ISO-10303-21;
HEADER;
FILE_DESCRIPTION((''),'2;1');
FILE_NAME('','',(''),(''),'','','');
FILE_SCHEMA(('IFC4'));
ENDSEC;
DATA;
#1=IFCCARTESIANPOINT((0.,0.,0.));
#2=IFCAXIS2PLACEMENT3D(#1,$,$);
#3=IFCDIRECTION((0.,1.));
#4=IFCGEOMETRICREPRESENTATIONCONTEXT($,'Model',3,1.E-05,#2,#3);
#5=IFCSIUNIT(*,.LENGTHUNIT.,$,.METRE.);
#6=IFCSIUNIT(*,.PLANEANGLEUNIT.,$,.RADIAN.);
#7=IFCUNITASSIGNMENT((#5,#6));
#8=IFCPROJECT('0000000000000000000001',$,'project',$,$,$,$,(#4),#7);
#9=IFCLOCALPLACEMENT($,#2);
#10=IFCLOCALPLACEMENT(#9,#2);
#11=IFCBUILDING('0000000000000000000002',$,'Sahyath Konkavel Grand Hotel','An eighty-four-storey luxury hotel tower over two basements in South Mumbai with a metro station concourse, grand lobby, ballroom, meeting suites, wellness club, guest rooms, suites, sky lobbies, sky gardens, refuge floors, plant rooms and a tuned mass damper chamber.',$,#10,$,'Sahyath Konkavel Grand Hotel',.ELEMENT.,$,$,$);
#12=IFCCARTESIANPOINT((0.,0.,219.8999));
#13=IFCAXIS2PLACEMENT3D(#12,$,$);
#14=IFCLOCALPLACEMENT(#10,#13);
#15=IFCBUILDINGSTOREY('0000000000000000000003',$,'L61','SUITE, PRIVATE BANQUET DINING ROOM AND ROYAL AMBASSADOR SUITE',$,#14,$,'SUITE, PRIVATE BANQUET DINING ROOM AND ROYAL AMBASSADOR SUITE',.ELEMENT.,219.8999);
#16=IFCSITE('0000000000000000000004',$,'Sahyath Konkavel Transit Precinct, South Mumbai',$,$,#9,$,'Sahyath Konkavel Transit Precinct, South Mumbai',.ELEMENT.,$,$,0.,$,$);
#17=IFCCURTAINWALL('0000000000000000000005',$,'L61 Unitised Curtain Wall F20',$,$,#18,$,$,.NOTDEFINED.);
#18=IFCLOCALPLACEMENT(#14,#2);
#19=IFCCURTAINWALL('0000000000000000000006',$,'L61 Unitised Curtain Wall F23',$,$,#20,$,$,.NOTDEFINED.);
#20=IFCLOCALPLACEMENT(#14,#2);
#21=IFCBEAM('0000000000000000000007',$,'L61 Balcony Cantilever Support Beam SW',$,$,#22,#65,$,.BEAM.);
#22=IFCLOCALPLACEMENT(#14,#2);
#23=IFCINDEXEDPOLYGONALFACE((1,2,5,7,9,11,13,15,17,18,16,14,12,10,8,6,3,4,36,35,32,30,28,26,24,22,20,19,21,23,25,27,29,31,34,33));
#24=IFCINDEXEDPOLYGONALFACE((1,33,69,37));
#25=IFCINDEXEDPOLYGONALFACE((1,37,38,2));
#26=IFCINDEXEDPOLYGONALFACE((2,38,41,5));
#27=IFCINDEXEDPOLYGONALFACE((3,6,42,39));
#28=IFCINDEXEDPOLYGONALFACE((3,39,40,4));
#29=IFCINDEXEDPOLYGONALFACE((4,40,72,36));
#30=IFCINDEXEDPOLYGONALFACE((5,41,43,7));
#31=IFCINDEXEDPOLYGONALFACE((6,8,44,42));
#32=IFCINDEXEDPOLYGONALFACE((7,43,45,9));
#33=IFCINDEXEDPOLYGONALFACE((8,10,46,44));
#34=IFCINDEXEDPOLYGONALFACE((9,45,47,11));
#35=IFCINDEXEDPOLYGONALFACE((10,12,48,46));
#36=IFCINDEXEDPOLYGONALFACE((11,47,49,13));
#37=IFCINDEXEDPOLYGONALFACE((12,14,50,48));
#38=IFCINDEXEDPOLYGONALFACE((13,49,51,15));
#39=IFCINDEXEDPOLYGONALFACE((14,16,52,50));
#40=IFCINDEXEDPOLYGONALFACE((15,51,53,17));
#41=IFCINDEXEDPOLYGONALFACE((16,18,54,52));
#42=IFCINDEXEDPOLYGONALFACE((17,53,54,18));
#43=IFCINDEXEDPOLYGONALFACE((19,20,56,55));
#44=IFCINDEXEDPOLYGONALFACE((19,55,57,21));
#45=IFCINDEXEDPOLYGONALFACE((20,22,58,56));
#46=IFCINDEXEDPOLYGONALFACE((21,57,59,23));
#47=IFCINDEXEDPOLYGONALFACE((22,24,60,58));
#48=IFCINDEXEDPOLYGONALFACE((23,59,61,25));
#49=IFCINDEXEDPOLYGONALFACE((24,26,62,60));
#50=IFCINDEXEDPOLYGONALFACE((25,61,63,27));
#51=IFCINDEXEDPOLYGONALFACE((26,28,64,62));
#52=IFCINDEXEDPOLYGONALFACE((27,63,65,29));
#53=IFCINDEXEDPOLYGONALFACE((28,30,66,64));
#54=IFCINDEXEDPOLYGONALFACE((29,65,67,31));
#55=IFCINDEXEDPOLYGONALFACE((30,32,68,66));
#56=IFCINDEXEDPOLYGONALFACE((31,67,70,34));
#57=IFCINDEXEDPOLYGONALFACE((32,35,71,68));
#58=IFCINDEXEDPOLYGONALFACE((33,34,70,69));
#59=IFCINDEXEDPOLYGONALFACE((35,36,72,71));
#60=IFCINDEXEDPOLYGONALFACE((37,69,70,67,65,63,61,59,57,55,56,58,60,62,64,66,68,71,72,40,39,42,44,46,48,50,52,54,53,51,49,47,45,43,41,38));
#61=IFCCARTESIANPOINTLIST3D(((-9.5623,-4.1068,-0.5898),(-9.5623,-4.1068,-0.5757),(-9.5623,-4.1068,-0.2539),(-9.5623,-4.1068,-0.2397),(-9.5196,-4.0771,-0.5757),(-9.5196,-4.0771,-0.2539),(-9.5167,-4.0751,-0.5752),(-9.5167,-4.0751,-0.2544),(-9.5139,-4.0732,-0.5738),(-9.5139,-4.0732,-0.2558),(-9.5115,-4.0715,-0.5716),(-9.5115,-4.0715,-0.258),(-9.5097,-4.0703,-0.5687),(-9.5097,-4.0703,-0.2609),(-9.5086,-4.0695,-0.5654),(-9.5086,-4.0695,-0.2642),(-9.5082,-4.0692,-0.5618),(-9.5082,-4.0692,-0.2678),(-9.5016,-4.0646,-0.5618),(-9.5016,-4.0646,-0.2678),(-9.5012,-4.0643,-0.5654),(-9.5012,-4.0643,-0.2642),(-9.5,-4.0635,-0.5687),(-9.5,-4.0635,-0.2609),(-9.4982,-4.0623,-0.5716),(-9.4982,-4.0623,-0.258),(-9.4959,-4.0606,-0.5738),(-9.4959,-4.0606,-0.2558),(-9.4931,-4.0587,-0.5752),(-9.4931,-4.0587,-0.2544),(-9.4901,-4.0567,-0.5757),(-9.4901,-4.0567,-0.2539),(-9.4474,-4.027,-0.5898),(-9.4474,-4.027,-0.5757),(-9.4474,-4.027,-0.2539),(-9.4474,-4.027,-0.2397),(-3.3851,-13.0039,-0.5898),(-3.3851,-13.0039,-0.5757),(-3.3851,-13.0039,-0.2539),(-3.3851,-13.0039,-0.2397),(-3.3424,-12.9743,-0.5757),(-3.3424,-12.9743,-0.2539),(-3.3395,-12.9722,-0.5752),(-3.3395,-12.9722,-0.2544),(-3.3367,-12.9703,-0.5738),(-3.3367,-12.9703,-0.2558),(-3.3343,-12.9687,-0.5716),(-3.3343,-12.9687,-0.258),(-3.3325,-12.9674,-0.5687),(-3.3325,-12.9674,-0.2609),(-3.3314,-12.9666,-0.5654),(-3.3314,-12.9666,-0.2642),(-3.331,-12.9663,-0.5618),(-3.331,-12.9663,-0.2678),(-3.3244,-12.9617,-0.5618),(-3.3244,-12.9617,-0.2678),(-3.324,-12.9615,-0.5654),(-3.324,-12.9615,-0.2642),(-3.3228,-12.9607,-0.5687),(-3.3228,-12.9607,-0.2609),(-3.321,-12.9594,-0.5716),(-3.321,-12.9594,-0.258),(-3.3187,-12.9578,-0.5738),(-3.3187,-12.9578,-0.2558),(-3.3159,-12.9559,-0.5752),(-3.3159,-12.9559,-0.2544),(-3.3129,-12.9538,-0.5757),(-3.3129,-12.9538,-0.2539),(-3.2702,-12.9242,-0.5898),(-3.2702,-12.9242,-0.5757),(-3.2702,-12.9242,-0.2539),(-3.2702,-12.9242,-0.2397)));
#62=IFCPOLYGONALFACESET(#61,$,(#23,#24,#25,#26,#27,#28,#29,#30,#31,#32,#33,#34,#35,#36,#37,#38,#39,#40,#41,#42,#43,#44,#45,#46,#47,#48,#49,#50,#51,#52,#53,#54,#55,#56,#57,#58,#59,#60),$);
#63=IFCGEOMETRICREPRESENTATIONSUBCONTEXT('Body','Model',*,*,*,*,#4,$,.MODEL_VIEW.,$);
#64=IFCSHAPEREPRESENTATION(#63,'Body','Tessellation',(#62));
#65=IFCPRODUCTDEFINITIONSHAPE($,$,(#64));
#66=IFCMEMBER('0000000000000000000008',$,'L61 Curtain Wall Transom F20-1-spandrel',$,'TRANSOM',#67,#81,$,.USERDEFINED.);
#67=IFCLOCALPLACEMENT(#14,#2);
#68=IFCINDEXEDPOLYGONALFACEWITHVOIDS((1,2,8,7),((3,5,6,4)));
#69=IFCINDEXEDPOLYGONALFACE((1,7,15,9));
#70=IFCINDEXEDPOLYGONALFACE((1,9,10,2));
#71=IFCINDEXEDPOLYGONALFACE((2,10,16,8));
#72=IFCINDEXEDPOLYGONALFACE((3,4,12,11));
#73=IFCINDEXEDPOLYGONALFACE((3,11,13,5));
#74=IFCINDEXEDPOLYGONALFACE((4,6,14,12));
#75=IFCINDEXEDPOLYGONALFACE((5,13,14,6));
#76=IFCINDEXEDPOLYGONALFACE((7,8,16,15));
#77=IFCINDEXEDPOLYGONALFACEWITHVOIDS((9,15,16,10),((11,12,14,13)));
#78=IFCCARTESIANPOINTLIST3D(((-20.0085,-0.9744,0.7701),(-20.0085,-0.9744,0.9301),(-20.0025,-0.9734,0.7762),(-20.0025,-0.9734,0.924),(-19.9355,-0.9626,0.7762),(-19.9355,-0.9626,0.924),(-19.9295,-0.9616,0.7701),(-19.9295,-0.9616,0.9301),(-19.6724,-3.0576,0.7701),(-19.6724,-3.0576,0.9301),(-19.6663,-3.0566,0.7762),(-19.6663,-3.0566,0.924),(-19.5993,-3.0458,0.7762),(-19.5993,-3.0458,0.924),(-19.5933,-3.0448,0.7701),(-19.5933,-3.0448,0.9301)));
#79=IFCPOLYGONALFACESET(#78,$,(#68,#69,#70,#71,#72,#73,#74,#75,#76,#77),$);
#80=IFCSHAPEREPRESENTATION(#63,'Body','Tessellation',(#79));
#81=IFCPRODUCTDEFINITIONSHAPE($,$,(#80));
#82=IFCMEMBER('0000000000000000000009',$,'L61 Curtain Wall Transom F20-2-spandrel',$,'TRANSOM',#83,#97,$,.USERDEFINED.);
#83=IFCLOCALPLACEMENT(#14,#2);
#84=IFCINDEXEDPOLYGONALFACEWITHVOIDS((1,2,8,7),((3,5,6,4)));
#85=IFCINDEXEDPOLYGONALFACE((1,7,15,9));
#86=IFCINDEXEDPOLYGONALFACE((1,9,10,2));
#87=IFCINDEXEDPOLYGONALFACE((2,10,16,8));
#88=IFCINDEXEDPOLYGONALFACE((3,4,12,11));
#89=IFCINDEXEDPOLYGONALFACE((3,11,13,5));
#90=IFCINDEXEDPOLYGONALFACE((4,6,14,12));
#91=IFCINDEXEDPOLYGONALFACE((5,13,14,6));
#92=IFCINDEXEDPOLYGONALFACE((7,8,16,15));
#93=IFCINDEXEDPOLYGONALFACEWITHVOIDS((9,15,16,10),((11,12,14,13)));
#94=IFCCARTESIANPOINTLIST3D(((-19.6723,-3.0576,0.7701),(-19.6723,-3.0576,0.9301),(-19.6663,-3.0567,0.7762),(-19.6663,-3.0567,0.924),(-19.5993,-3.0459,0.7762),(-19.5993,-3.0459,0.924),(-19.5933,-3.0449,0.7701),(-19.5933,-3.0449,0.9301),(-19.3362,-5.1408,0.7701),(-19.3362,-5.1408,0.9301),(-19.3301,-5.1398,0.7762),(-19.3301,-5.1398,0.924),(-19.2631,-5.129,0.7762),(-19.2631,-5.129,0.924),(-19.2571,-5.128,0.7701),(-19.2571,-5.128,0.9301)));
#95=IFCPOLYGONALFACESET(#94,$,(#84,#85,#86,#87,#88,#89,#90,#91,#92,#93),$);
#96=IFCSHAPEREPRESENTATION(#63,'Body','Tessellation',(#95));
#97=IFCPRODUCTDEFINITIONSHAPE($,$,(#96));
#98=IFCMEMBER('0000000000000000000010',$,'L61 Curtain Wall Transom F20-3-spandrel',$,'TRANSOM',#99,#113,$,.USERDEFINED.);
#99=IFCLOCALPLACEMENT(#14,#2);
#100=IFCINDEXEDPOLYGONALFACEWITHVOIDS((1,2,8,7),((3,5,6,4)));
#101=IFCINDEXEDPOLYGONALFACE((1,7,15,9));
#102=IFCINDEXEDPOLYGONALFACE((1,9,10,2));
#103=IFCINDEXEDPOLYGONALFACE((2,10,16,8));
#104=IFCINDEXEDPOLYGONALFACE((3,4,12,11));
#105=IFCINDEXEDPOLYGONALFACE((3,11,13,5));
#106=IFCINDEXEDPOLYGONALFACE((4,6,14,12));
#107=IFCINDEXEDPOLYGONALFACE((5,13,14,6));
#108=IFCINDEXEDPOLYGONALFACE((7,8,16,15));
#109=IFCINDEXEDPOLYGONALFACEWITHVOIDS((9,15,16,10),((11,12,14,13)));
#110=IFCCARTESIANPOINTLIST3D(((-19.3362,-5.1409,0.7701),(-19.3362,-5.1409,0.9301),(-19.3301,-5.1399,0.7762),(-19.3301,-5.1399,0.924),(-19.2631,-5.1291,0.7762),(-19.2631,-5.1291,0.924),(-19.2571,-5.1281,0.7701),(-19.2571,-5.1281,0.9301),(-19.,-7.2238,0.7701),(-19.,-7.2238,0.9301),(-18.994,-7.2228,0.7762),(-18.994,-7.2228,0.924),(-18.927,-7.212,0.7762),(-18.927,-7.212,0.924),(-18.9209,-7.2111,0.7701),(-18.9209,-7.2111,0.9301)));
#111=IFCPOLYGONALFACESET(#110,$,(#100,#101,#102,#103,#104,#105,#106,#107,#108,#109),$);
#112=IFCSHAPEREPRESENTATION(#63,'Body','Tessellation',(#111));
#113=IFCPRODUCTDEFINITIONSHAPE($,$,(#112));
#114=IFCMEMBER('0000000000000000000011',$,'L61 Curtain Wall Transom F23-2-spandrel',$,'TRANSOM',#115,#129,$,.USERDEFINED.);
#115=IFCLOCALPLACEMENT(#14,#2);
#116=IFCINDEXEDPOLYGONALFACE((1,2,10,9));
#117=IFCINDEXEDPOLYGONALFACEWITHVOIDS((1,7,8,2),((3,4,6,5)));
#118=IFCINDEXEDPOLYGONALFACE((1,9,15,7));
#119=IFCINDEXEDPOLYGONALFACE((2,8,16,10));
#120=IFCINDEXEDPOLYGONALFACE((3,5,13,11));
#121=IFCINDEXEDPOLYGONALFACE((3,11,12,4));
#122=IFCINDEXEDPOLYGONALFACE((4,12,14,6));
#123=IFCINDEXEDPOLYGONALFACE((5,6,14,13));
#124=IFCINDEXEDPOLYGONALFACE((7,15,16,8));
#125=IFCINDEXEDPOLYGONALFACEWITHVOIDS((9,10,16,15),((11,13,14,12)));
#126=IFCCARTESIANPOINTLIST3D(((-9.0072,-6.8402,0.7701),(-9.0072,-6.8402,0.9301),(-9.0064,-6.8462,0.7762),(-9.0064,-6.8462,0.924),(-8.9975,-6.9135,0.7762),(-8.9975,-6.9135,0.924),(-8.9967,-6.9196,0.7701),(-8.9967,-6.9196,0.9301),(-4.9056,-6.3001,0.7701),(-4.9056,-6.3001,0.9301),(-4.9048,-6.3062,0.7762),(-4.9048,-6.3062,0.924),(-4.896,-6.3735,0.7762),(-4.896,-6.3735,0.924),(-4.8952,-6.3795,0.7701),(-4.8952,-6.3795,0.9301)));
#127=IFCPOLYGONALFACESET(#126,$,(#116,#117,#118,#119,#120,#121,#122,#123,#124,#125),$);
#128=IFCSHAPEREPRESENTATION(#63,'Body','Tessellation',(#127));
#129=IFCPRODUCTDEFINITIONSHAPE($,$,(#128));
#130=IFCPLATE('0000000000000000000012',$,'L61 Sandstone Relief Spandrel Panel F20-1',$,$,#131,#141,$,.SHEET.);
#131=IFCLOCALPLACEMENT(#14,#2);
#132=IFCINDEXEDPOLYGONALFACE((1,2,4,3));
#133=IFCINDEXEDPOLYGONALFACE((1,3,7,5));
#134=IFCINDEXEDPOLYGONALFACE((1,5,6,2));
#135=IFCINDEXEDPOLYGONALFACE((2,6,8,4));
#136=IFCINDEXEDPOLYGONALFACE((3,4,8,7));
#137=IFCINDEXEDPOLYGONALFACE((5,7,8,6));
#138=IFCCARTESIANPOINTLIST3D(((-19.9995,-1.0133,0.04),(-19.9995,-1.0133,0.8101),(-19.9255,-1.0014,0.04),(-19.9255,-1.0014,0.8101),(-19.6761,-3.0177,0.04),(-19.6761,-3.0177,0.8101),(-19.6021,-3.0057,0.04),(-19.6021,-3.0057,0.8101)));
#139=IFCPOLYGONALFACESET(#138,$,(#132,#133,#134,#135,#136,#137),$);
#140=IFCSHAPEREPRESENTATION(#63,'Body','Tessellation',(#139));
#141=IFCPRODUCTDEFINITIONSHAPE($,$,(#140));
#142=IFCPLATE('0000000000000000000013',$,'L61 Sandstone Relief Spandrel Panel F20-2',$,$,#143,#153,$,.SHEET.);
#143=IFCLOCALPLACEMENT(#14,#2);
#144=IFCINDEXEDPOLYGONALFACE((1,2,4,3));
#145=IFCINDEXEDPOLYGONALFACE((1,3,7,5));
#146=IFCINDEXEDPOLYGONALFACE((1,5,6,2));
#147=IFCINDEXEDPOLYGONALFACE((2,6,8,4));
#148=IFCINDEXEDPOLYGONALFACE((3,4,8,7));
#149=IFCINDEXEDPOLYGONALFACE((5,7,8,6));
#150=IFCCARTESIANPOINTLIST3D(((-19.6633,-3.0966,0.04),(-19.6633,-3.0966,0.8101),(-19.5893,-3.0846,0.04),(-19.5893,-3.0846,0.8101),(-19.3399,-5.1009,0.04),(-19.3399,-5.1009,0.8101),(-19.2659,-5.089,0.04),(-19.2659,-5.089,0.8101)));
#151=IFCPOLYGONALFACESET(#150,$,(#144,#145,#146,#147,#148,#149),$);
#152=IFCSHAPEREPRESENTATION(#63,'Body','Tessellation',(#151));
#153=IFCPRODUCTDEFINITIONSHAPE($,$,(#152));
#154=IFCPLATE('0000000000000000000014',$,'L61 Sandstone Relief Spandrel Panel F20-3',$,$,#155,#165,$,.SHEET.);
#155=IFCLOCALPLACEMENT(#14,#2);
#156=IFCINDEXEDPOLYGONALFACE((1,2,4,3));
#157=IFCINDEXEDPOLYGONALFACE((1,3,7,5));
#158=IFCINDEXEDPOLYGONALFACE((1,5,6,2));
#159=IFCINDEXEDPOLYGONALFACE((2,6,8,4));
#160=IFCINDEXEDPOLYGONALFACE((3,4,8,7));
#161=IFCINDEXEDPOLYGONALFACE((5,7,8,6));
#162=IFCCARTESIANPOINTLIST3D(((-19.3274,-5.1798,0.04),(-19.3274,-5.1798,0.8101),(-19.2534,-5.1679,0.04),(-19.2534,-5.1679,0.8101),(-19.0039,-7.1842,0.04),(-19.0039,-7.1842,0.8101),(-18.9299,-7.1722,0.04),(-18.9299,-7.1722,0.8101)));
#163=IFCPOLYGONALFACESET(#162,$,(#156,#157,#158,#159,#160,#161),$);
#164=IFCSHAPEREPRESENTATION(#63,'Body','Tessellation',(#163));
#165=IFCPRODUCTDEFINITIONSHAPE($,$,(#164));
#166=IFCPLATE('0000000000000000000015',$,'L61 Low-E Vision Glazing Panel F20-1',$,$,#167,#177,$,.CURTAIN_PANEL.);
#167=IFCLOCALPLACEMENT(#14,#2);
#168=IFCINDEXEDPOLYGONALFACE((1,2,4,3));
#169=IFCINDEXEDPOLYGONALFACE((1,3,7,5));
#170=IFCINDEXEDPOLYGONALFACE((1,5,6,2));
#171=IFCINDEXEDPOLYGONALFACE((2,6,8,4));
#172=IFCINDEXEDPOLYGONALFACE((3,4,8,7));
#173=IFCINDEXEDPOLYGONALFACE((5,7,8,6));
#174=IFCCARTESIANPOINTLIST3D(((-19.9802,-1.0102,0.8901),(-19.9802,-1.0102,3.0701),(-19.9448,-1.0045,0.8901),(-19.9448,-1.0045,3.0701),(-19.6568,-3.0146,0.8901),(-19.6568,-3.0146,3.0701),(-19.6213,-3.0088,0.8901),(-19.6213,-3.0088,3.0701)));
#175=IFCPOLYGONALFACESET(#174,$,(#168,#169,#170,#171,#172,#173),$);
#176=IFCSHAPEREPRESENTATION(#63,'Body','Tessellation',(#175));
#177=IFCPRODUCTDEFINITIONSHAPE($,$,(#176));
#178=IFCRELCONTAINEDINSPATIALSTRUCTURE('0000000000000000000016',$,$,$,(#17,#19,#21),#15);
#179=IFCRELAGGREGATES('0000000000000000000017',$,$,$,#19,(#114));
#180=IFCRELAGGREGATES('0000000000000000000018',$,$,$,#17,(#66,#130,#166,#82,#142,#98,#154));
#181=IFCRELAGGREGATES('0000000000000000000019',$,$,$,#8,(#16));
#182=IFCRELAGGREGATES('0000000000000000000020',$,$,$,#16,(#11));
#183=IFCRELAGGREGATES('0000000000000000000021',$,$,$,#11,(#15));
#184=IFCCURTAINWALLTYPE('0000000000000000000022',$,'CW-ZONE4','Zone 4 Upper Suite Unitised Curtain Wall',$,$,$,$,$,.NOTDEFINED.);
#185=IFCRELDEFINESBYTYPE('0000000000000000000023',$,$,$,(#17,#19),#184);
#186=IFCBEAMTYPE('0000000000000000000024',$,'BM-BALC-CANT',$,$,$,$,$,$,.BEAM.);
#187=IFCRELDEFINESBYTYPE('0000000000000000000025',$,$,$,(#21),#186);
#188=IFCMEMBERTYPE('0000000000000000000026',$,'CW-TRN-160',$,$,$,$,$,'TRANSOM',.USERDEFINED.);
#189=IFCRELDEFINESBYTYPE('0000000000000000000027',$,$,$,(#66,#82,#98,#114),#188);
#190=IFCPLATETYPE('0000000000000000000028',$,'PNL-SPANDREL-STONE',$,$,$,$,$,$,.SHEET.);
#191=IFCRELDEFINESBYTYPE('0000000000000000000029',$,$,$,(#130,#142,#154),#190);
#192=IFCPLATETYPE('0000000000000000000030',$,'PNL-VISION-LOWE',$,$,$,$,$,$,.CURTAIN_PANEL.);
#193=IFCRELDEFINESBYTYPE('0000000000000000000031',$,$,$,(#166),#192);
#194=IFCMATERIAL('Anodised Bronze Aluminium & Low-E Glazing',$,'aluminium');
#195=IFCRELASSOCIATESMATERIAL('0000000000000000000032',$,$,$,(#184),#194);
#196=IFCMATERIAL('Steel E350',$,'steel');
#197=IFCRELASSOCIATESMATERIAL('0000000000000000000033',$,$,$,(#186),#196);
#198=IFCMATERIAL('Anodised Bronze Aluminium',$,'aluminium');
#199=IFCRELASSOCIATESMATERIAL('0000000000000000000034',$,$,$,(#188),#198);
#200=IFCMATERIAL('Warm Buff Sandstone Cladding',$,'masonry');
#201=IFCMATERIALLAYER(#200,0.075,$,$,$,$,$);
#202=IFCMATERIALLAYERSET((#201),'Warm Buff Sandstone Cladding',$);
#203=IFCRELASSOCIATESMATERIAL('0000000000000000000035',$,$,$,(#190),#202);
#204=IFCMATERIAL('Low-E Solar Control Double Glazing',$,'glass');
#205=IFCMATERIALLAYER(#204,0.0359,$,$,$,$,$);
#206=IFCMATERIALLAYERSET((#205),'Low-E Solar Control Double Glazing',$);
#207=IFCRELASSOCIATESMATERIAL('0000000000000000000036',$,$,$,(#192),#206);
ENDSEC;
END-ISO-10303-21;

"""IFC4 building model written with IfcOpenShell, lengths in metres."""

from ifc_helpers import new_model, si_unit, direction, frame, origin, origin_2d, place, context, subcontext, project, spatial, rectangle, hollow_rectangle, i_section, extrude, source, transform, mapped, material, layer, layer_set, material_profile, profile_set, type_object, element, aggregate, save


model = new_model("IFC4")

# Units and contexts
model_context = context("Model", 3, precision=1e-05, world=origin(), true_north=direction((0.0, 1.0)))
body_context = subcontext(model_context, "Body", "Model", "MODEL_VIEW")
ifc_project = project(units=[si_unit("LENGTHUNIT", "METRE"), si_unit("PLANEANGLEUNIT", "RADIAN")], contexts=[model_context])

# Site, building, storey
site_placement = place(None, origin())
site = spatial("IfcSite", under=ifc_project, at=site_placement, Name="Sahyath Konkavel Transit Precinct, South Mumbai", LongName="Sahyath Konkavel Transit Precinct, South Mumbai", CompositionType="ELEMENT", RefElevation=0.0)
building_placement = place(site_placement, origin())
building = spatial("IfcBuilding", under=site, at=building_placement, Name="Sahyath Konkavel Grand Hotel", Description="An eighty-four-storey luxury hotel tower over two basements in South Mumbai with a metro station concourse, grand lobby, ballroom, meeting suites, wellness club, guest rooms, suites, sky lobbies, sky gardens, refuge floors, plant rooms and a tuned mass damper chamber.", LongName="Sahyath Konkavel Grand Hotel", CompositionType="ELEMENT")
storey_placement = place(building_placement, frame((0.0, 0.0, 219.8999)))
storey = spatial("IfcBuildingStorey", under=building, at=storey_placement, Name="L61", Description="SUITE, PRIVATE BANQUET DINING ROOM AND ROYAL AMBASSADOR SUITE", LongName="SUITE, PRIVATE BANQUET DINING ROOM AND ROYAL AMBASSADOR SUITE", CompositionType="ELEMENT", Elevation=219.8999)

# Shared definitions
ifc_material_1 = material(Name="Steel E350", Category="steel")

# Curtain wall
ifc_material_2 = material(Name="Anodised Bronze Aluminium & Low-E Glazing", Category="aluminium")
curtain_wall_type = type_object("IfcCurtainWallType", Name="CW-ZONE4", Description="Zone 4 Upper Suite Unitised Curtain Wall", PredefinedType="NOTDEFINED", material=ifc_material_2)
curtain_wall_1_placement = place(storey_placement, origin())
curtain_wall_1 = element("IfcCurtainWall", 1, at=curtain_wall_1_placement, inside=storey, type_object=curtain_wall_type, Name="L61 Unitised Curtain Wall F20", PredefinedType="NOTDEFINED")
ifc_material_3 = material(Name="Anodised Bronze Aluminium", Category="aluminium")

# Curtain wall
curtain_wall_2_placement = place(storey_placement, origin())
curtain_wall_2 = element("IfcCurtainWall", 2, at=curtain_wall_2_placement, inside=storey, type_object=curtain_wall_type, Name="L61 Unitised Curtain Wall F23", PredefinedType="NOTDEFINED")

# Beam
ifc_material_profile_1 = material_profile(ifc_material_1, i_section(OverallWidth=0.1399, OverallDepth=0.3501, WebThickness=0.0081, FlangeThickness=0.0142, FilletRadius=0.0139, at=origin_2d()), Name="ISMB 350")
ifc_profile_set_1 = profile_set([ifc_material_profile_1], Name="Steel E350")
beam_type_1 = type_object("IfcBeamType", Name="BM-BALC-CANT", PredefinedType="BEAM", material=ifc_profile_set_1)
shared_shape_1 = source(origin(), body_context, "Body", "SweptSolid", [
    extrude(i_section(OverallWidth=0.1399, OverallDepth=0.3501, WebThickness=0.0081, FlangeThickness=0.0142, FilletRadius=0.0139, at=origin_2d()), origin(), (0.0, 0.0, 1.0), 10.8313),
])
beam_1_placement = place(storey_placement, frame((-9.5049, -4.0669, -0.4148), z_axis=(0.57031, -0.82143, 0.0), x_axis=(0.82143, 0.57031, 0.0)))
element("IfcBeam", 3, at=beam_1_placement, inside=storey, type_object=beam_type_1, Name="L61 Balcony Cantilever Support Beam SW", PredefinedType="BEAM", context=body_context, shape_type="MappedRepresentation", body=[
    mapped(shared_shape_1, transform((0.0, 0.0, 0.0), scale=1.0)),
])

# Members
ifc_material_profile_2 = material_profile(ifc_material_3, hollow_rectangle(XDim=0.0801, YDim=0.1599, WallThickness=0.0061, at=origin_2d()), Name="RHS 160x80x6")
ifc_profile_set_2 = profile_set([ifc_material_profile_2], Name="Anodised Bronze Aluminium")
member_type_1 = type_object("IfcMemberType", Name="CW-TRN-160", ElementType="TRANSOM", PredefinedType="USERDEFINED", material=ifc_profile_set_2)
shared_shape_2 = source(origin(), body_context, "Body", "SweptSolid", [
    extrude(hollow_rectangle(XDim=0.0801, YDim=0.1599, WallThickness=0.0061, at=origin_2d()), origin(), (0.0, 0.0, 1.0), 2.1101),
])
member_1_placement = place(storey_placement, frame((-19.969, -0.968, 0.8501), z_axis=(0.159312, -0.987228, 0.0), x_axis=(0.987228, 0.159312, 0.0)))
member_1 = element("IfcMember", 4, at=member_1_placement, type_object=member_type_1, Name="L61 Curtain Wall Transom F20-1-spandrel", ObjectType="TRANSOM", PredefinedType="USERDEFINED", context=body_context, shape_type="MappedRepresentation", body=[
    mapped(shared_shape_2, transform((0.0, 0.0, 0.0), scale=1.0)),
])
member_2_placement = place(storey_placement, frame((-19.6328, -3.0513, 0.8501), z_axis=(0.159312, -0.987228, 0.0), x_axis=(0.987228, 0.159312, 0.0)))
member_2 = element("IfcMember", 5, at=member_2_placement, type_object=member_type_1, Name="L61 Curtain Wall Transom F20-2-spandrel", ObjectType="TRANSOM", PredefinedType="USERDEFINED", context=body_context, shape_type="MappedRepresentation", body=[
    mapped(shared_shape_2, transform((0.0, 0.0, 0.0), scale=1.0)),
])
shared_shape_3 = source(origin(), body_context, "Body", "SweptSolid", [
    extrude(hollow_rectangle(XDim=0.0801, YDim=0.1599, WallThickness=0.0061, at=origin_2d()), origin(), (0.0, 0.0, 1.0), 2.1099),
])
member_3_placement = place(storey_placement, frame((-19.2966, -5.1345, 0.8501), z_axis=(0.159331, -0.987225, 0.0), x_axis=(0.987225, 0.159331, 0.0)))
member_3 = element("IfcMember", 6, at=member_3_placement, type_object=member_type_1, Name="L61 Curtain Wall Transom F20-3-spandrel", ObjectType="TRANSOM", PredefinedType="USERDEFINED", context=body_context, shape_type="MappedRepresentation", body=[
    mapped(shared_shape_3, transform((0.0, 0.0, 0.0), scale=1.0)),
])
shared_shape_4 = source(origin(), body_context, "Body", "SweptSolid", [
    extrude(hollow_rectangle(XDim=0.0801, YDim=0.1599, WallThickness=0.0061, at=origin_2d()), origin(), (0.0, 0.0, 1.0), 4.137),
])
member_4_placement = place(storey_placement, frame((-9.002, -6.8799, 0.8501), z_axis=(0.991443, 0.13054, 0.0), x_axis=(-0.13054, 0.991443, 0.0)))
member_4 = element("IfcMember", 7, at=member_4_placement, type_object=member_type_1, Name="L61 Curtain Wall Transom F23-2-spandrel", ObjectType="TRANSOM", PredefinedType="USERDEFINED", context=body_context, shape_type="MappedRepresentation", body=[
    mapped(shared_shape_4, transform((0.0, 0.0, 0.0), scale=1.0)),
])
aggregate(curtain_wall_2, [member_4])

# Plates
ifc_material_4 = material(Name="Warm Buff Sandstone Cladding", Category="masonry")
ifc_layer_1 = layer(ifc_material_4, 0.075)
ifc_layer_set_1 = layer_set([ifc_layer_1], Name="Warm Buff Sandstone Cladding")
plate_type_1 = type_object("IfcPlateType", Name="PNL-SPANDREL-STONE", PredefinedType="SHEET", material=ifc_layer_set_1)
shared_shape_5 = source(origin(), body_context, "Body", "SweptSolid", [
    extrude(rectangle(XDim=2.0303, YDim=0.075, at=origin_2d()), origin(), (0.0, 0.0, 1.0), 0.77),
])
plate_1_placement = place(storey_placement, frame((-19.8008, -2.0095, 0.04), z_axis=(0.0, 0.0, 1.0), x_axis=(0.159313, -0.987228, 0.0)))
plate_1 = element("IfcPlate", 8, at=plate_1_placement, type_object=plate_type_1, Name="L61 Sandstone Relief Spandrel Panel F20-1", PredefinedType="SHEET", context=body_context, shape_type="MappedRepresentation", body=[
    mapped(shared_shape_5, transform((0.0, 0.0, 0.0), scale=1.0)),
])
plate_2_placement = place(storey_placement, frame((-19.4646, -4.0928, 0.04), z_axis=(0.0, 0.0, 1.0), x_axis=(0.159313, -0.987228, 0.0)))
plate_2 = element("IfcPlate", 9, at=plate_2_placement, type_object=plate_type_1, Name="L61 Sandstone Relief Spandrel Panel F20-2", PredefinedType="SHEET", context=body_context, shape_type="MappedRepresentation", body=[
    mapped(shared_shape_5, transform((0.0, 0.0, 0.0), scale=1.0)),
])
plate_3_placement = place(storey_placement, frame((-19.1287, -6.176, 0.04), z_axis=(0.0, 0.0, 1.0), x_axis=(0.159313, -0.987228, 0.0)))
plate_3 = element("IfcPlate", 10, at=plate_3_placement, type_object=plate_type_1, Name="L61 Sandstone Relief Spandrel Panel F20-3", PredefinedType="SHEET", context=body_context, shape_type="MappedRepresentation", body=[
    mapped(shared_shape_5, transform((0.0, 0.0, 0.0), scale=1.0)),
])
ifc_material_5 = material(Name="Low-E Solar Control Double Glazing", Category="glass")
ifc_layer_2 = layer(ifc_material_5, 0.0359)
ifc_layer_set_2 = layer_set([ifc_layer_2], Name="Low-E Solar Control Double Glazing")
plate_type_2 = type_object("IfcPlateType", Name="PNL-VISION-LOWE", PredefinedType="CURTAIN_PANEL", material=ifc_layer_set_2)
shared_shape_6 = source(origin(), body_context, "Body", "SweptSolid", [
    extrude(rectangle(XDim=2.0303, YDim=0.0359, at=origin_2d()), origin(), (0.0, 0.0, 1.0), 2.1799),
])
plate_4_placement = place(storey_placement, frame((-19.8008, -2.0095, 0.8901), z_axis=(0.0, 0.0, 1.0), x_axis=(0.159313, -0.987228, 0.0)))
plate_4 = element("IfcPlate", 11, at=plate_4_placement, type_object=plate_type_2, Name="L61 Low-E Vision Glazing Panel F20-1", PredefinedType="CURTAIN_PANEL", context=body_context, shape_type="MappedRepresentation", body=[
    mapped(shared_shape_6, transform((0.0, 0.0, 0.0), scale=1.0)),
])
aggregate(curtain_wall_1, [member_1, plate_1, plate_4, member_2, plate_2, member_3, plate_3])

save(model, "model.ifc")
